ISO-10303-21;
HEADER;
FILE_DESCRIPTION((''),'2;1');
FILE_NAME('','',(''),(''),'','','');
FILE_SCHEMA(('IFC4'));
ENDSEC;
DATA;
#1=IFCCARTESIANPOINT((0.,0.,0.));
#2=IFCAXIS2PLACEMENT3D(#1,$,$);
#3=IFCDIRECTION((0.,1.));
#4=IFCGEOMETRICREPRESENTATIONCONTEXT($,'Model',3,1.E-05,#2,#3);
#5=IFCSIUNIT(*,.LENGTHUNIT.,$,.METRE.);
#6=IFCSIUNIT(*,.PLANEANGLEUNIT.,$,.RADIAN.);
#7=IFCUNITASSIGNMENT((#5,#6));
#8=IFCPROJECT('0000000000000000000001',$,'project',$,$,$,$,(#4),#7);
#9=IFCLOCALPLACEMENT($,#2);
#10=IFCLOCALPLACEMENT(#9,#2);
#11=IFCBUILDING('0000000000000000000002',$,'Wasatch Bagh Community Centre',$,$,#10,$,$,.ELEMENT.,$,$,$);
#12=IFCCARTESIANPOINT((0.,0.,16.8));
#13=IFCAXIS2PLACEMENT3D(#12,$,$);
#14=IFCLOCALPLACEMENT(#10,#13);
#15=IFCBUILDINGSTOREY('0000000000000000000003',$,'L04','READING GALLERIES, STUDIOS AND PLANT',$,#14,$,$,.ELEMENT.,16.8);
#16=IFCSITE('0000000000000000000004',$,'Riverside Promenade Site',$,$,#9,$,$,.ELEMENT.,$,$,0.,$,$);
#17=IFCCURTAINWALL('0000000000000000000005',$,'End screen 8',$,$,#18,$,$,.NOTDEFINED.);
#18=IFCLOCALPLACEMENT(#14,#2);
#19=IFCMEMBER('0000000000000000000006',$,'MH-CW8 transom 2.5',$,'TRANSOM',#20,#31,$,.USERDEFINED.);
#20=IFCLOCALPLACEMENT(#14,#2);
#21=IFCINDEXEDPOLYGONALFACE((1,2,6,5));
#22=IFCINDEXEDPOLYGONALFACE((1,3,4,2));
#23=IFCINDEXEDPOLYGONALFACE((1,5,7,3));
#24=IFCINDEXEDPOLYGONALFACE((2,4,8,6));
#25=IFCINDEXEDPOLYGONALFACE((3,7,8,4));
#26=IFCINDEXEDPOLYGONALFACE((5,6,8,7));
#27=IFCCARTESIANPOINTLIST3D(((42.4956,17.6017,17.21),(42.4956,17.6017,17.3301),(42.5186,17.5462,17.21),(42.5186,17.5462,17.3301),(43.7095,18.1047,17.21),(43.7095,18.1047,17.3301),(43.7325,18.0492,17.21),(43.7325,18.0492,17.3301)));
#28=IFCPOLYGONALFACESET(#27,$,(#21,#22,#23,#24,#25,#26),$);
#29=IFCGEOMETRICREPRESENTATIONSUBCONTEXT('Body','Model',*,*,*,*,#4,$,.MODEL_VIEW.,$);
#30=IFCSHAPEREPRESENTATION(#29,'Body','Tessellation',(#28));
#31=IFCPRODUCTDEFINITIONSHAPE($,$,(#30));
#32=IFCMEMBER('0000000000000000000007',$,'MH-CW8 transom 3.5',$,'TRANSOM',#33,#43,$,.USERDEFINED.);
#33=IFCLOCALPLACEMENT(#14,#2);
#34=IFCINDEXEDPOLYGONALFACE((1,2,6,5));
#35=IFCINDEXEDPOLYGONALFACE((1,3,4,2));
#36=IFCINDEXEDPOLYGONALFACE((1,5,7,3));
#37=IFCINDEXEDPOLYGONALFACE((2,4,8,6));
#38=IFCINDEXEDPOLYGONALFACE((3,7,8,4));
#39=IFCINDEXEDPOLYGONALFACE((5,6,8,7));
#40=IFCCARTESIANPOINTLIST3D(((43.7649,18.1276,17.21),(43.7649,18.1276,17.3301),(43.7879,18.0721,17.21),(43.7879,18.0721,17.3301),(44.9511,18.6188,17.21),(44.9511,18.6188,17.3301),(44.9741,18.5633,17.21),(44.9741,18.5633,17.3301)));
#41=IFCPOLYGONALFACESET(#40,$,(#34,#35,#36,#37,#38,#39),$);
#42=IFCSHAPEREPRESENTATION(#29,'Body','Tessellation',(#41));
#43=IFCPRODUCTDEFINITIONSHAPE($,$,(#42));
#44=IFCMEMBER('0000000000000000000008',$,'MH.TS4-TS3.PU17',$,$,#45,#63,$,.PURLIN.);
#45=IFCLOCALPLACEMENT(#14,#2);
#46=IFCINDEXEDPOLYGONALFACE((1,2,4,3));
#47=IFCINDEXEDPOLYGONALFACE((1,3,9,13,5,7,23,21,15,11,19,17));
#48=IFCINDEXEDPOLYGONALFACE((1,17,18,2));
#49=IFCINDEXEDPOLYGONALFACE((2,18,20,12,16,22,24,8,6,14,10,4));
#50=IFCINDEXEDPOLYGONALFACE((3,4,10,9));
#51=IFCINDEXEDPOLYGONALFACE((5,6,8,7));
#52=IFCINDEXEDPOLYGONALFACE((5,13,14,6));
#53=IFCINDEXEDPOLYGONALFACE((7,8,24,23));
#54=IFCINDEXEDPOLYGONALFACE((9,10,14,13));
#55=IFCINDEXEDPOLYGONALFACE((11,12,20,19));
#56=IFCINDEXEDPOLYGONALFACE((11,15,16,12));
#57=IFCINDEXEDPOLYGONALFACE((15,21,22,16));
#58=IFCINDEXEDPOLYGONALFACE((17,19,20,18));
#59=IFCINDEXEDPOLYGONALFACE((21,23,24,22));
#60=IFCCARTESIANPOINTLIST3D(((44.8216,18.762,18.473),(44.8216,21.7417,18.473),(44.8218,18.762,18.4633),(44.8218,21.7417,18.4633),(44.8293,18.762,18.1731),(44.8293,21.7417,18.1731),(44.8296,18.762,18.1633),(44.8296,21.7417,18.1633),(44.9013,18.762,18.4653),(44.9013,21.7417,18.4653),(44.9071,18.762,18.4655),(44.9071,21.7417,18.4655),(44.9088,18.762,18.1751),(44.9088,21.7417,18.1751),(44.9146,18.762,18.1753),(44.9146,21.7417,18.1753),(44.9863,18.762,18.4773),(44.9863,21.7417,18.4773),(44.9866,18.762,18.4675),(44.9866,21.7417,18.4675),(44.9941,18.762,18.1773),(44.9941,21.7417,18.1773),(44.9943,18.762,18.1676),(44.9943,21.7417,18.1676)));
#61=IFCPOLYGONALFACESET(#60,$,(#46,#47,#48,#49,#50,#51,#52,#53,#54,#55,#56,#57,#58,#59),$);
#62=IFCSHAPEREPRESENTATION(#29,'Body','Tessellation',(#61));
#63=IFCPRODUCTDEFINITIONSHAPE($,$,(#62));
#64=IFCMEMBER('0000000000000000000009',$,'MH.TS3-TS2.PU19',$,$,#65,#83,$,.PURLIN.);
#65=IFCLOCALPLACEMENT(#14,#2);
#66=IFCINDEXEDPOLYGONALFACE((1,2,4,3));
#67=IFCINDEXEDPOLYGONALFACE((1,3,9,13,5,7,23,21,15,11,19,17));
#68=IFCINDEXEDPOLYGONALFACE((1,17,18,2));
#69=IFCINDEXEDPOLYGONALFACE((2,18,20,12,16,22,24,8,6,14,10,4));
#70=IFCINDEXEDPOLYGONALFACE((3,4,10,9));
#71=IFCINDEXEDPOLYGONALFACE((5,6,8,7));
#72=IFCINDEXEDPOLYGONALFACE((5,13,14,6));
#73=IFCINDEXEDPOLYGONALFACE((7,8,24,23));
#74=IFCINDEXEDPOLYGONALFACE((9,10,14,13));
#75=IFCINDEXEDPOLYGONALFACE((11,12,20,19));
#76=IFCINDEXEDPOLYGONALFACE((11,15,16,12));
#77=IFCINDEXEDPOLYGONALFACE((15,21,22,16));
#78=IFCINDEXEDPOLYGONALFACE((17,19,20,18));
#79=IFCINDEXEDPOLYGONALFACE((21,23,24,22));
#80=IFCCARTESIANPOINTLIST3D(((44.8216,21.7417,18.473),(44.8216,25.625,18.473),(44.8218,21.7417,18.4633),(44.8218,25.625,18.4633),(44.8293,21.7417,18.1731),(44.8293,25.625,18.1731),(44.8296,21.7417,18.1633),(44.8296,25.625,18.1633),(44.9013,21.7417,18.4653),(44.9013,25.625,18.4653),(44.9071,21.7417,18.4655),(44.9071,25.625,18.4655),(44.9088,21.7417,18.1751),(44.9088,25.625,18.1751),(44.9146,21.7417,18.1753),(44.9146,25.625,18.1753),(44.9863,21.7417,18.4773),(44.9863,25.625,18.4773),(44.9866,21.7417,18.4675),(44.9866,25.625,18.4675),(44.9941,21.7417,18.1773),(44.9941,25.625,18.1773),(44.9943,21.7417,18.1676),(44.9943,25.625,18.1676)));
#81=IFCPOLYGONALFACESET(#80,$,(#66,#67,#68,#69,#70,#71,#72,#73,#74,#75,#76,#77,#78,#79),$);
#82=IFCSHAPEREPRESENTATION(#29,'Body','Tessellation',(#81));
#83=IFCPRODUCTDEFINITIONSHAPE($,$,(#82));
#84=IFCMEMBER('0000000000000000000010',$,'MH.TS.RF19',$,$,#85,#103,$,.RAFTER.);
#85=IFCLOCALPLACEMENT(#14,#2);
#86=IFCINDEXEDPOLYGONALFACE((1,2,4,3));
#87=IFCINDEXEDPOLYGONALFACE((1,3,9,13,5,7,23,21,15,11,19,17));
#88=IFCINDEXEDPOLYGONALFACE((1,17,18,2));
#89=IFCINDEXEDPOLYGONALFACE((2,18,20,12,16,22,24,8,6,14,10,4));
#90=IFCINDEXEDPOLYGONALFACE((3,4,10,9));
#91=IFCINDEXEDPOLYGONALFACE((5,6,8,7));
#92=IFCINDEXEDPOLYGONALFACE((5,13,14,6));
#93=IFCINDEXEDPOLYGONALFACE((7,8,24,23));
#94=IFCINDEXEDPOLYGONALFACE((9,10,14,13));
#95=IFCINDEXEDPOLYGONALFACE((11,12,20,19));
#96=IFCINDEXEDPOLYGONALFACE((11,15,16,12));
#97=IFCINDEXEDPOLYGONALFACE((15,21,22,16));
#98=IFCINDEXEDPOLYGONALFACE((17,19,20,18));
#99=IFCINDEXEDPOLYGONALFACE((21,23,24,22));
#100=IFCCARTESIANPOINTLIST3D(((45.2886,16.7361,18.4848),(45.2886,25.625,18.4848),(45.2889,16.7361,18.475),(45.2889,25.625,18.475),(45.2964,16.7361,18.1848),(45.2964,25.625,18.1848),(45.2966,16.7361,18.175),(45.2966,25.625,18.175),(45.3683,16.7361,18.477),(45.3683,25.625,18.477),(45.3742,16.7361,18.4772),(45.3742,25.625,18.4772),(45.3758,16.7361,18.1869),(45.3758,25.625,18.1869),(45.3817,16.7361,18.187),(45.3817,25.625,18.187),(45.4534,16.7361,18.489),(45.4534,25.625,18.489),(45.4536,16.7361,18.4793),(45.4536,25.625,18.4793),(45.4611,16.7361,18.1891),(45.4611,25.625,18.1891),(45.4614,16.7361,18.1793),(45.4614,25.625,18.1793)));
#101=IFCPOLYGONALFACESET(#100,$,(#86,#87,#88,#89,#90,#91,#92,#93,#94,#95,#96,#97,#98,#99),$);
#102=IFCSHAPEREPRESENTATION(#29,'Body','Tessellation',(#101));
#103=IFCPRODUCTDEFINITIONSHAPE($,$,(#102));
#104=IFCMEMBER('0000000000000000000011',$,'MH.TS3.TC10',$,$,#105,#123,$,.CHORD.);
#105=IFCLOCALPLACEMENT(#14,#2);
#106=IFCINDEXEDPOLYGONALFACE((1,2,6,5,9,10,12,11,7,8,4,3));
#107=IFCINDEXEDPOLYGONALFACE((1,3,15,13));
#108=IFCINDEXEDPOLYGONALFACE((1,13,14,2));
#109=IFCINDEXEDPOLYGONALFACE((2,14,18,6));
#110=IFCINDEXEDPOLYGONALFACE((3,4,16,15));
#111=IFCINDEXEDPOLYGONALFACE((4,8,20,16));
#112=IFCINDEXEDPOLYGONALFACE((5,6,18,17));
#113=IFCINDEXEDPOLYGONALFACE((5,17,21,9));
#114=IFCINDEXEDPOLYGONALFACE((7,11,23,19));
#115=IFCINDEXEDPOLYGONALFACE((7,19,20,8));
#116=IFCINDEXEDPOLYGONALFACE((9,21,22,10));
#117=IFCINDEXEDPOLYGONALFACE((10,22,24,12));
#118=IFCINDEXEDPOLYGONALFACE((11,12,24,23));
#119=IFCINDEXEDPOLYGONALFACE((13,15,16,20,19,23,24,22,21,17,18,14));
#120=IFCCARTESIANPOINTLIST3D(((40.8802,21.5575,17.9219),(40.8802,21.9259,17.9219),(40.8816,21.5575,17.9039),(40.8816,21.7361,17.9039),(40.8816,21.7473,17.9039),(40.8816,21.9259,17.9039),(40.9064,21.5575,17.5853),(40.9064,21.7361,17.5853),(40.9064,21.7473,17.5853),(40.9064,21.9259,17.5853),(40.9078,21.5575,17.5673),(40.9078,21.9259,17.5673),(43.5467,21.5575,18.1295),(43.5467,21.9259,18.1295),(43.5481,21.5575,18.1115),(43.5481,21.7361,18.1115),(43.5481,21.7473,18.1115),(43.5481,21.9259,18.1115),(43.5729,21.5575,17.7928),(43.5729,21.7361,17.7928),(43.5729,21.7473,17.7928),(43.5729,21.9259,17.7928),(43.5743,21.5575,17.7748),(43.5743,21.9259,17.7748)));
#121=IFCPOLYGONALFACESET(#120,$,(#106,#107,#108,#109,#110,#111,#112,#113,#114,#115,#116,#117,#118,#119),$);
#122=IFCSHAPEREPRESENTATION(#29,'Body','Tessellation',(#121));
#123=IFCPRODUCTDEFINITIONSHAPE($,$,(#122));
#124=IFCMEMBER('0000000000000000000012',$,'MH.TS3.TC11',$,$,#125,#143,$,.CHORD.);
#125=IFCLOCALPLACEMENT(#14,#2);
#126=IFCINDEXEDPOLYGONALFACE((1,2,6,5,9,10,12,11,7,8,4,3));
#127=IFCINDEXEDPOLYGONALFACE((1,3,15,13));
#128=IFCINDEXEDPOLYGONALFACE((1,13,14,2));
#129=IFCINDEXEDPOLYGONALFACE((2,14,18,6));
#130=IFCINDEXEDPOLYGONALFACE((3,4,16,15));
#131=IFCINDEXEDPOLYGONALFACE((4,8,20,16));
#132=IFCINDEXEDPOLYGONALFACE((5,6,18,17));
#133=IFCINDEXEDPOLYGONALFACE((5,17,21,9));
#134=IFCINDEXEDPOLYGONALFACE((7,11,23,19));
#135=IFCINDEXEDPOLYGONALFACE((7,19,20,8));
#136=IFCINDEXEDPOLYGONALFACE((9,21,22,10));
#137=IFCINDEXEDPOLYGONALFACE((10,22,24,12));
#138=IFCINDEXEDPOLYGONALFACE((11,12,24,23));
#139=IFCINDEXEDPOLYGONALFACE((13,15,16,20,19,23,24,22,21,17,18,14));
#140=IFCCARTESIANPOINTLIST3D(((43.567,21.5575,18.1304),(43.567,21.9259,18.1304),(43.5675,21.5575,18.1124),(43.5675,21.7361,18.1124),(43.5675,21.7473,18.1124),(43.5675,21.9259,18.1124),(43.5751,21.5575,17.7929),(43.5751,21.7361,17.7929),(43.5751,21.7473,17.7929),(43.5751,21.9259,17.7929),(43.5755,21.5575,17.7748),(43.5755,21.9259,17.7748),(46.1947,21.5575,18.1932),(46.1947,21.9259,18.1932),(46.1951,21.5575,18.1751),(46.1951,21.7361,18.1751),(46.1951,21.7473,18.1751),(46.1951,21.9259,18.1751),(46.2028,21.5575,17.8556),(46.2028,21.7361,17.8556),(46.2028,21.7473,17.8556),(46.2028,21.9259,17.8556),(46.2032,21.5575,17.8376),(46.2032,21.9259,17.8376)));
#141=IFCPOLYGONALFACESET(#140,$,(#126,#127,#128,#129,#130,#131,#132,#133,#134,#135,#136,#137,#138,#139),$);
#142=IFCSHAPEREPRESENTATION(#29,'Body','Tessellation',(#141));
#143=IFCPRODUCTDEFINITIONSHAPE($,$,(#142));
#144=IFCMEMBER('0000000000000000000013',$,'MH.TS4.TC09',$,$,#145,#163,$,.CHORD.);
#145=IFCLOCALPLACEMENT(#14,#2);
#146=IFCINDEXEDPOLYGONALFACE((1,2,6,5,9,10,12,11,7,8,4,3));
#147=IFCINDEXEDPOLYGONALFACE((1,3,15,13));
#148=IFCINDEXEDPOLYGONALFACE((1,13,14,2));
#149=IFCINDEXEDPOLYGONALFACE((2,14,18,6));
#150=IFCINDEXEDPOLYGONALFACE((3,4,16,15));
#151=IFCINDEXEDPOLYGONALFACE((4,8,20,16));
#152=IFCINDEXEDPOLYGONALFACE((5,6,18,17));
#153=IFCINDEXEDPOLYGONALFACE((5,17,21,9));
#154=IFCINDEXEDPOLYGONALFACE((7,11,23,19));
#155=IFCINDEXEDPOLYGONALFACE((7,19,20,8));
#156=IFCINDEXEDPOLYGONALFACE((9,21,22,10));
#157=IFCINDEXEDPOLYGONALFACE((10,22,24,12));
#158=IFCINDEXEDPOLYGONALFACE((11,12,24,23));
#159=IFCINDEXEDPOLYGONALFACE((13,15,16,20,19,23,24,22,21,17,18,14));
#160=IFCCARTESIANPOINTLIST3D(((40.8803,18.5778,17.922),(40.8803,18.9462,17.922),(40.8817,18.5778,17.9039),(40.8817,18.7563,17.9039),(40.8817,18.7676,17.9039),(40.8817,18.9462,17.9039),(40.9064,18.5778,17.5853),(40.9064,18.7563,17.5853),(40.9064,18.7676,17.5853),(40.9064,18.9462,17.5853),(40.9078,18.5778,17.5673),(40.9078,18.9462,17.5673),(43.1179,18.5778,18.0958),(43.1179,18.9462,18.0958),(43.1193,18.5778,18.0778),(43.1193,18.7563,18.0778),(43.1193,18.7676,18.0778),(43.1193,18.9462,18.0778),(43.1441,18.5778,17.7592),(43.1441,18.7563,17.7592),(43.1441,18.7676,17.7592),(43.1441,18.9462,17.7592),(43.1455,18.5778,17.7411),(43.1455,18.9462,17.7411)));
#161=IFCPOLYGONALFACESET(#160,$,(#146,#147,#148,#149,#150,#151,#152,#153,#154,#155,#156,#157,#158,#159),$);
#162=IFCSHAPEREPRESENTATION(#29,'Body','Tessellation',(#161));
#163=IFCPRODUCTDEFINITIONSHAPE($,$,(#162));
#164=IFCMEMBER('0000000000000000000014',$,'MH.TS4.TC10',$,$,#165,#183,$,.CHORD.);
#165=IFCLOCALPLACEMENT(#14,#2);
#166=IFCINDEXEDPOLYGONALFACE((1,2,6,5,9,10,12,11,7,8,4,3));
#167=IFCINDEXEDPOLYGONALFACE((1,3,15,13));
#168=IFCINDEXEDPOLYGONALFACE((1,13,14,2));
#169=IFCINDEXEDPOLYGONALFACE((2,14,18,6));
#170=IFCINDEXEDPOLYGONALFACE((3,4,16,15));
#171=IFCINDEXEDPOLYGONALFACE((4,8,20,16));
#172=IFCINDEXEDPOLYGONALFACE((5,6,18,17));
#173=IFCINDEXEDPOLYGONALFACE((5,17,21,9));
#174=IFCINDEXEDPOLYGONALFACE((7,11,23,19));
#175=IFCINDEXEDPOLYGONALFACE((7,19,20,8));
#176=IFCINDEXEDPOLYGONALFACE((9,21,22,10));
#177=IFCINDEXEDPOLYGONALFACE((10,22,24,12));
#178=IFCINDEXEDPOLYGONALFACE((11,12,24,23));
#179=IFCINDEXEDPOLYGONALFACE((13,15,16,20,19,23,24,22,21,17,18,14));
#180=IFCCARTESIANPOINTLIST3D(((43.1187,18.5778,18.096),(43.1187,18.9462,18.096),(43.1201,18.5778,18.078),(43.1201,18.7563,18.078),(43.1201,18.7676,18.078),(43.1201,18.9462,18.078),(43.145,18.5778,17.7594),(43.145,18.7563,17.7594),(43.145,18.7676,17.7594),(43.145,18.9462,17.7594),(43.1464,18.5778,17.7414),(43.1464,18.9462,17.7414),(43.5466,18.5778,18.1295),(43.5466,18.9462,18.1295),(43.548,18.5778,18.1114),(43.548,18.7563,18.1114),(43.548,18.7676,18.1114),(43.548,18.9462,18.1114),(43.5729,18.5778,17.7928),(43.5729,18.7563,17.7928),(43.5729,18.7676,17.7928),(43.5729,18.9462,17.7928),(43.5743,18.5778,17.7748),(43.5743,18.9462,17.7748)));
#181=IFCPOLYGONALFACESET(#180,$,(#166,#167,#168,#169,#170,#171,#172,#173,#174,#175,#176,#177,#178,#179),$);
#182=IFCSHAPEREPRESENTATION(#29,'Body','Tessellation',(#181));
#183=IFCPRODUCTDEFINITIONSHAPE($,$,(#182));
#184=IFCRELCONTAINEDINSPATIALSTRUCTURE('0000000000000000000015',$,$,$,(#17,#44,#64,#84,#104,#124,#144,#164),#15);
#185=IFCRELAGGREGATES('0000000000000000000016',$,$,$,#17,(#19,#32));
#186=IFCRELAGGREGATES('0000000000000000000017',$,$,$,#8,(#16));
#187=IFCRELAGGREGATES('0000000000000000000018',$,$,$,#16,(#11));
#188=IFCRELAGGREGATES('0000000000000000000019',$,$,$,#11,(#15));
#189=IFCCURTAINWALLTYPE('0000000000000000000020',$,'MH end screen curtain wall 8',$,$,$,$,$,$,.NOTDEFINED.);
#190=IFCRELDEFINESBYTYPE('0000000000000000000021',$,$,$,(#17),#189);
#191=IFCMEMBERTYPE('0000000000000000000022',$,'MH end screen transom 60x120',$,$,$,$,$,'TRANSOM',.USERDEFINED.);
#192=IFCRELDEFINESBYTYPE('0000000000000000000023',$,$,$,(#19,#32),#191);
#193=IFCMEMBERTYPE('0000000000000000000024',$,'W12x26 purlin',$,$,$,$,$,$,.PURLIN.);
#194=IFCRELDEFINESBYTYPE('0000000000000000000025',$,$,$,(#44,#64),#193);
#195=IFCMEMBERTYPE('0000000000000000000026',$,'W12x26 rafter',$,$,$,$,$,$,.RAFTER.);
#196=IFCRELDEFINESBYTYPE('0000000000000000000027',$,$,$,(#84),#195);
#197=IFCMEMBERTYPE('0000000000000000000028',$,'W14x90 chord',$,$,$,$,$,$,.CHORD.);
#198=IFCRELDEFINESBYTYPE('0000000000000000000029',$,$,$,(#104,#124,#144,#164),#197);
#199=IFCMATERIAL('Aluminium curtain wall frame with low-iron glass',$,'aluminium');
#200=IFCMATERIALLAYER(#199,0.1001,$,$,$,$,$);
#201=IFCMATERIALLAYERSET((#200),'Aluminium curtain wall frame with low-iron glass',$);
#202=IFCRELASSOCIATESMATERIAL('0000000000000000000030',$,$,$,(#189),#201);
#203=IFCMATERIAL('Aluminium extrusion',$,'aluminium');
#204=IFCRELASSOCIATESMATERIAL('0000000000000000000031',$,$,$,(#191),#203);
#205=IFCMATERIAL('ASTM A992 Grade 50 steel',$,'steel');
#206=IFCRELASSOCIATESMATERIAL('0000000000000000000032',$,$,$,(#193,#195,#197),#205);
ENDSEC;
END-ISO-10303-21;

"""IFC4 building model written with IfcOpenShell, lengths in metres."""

from ifc_helpers import new_model, si_unit, direction, frame, origin, origin_2d, place, context, subcontext, project, spatial, rectangle, i_section, extrude, material, layer, layer_set, material_profile, profile_set, type_object, element, aggregate, save


model = new_model("IFC4")

# Units and contexts
model_context = context("Model", 3, precision=1e-05, world=origin(), true_north=direction((0.0, 1.0)))
body_context = subcontext(model_context, "Body", "Model", "MODEL_VIEW")
ifc_project = project(units=[si_unit("LENGTHUNIT", "METRE"), si_unit("PLANEANGLEUNIT", "RADIAN")], contexts=[model_context])

# Site, building, storey
site_placement = place(None, origin())
site = spatial("IfcSite", under=ifc_project, at=site_placement, Name="Riverside Promenade Site", CompositionType="ELEMENT", RefElevation=0.0)
building_placement = place(site_placement, origin())
building = spatial("IfcBuilding", under=site, at=building_placement, Name="Wasatch Bagh Community Centre", CompositionType="ELEMENT")
storey_placement = place(building_placement, frame((0.0, 0.0, 16.8)))
storey = spatial("IfcBuildingStorey", under=building, at=storey_placement, Name="L04", Description="READING GALLERIES, STUDIOS AND PLANT", CompositionType="ELEMENT", Elevation=16.8)

# Curtain wall, members
ifc_material_1 = material(Name="Aluminium curtain wall frame with low-iron glass", Category="aluminium")
ifc_layer = layer(ifc_material_1, 0.1001)
ifc_layer_set = layer_set([ifc_layer], Name="Aluminium curtain wall frame with low-iron glass")
curtain_wall_type = type_object("IfcCurtainWallType", Name="MH end screen curtain wall 8", PredefinedType="NOTDEFINED", material=ifc_layer_set)
curtain_wall_placement = place(storey_placement, origin())
curtain_wall = element("IfcCurtainWall", 1, at=curtain_wall_placement, inside=storey, type_object=curtain_wall_type, Name="End screen 8", PredefinedType="NOTDEFINED")
ifc_material_2 = material(Name="Aluminium extrusion", Category="aluminium")
ifc_material_profile_1 = material_profile(ifc_material_2, rectangle(XDim=0.0601, YDim=0.1201, at=origin_2d()), Name="AL 60x120")
ifc_profile_set_1 = profile_set([ifc_material_profile_1], Name="Aluminium extrusion")
member_type_1 = type_object("IfcMemberType", Name="MH end screen transom 60x120", ElementType="TRANSOM", PredefinedType="USERDEFINED", material=ifc_profile_set_1)
member_1_placement = place(storey_placement, frame((42.5071, 17.574, 17.27), z_axis=(0.923845, 0.382768, 0.0), x_axis=(-0.382768, 0.923845, 0.0)))
member_1 = element("IfcMember", 2, at=member_1_placement, type_object=member_type_1, Name="MH-CW8 transom 2.5", ObjectType="TRANSOM", PredefinedType="USERDEFINED", context=body_context, shape_type="SweptSolid", body=[
    extrude(rectangle(XDim=0.0601, YDim=0.1201, at=origin_2d()), origin(), (0.0, 0.0, 1.0), 1.314),
])
member_2_placement = place(storey_placement, frame((43.7764, 18.0999, 17.27), z_axis=(0.923924, 0.382576, 0.0), x_axis=(-0.382576, 0.923924, 0.0)))
member_2 = element("IfcMember", 3, at=member_2_placement, type_object=member_type_1, Name="MH-CW8 transom 3.5", ObjectType="TRANSOM", PredefinedType="USERDEFINED", context=body_context, shape_type="SweptSolid", body=[
    extrude(rectangle(XDim=0.0601, YDim=0.1201, at=origin_2d()), origin(), (0.0, 0.0, 1.0), 1.2839),
])
aggregate(curtain_wall, [member_1, member_2])

# Members
ifc_material_3 = material(Name="ASTM A992 Grade 50 steel", Category="steel")
ifc_material_profile_2 = material_profile(ifc_material_3, i_section(OverallWidth=0.1648, OverallDepth=0.3098, WebThickness=0.0059, FlangeThickness=0.0098, at=origin_2d()), Name="W12x26")
ifc_profile_set_2 = profile_set([ifc_material_profile_2], Name="ASTM A992 Grade 50 steel")
member_type_2 = type_object("IfcMemberType", Name="W12x26 purlin", PredefinedType="PURLIN", material=ifc_profile_set_2)
member_3_placement = place(storey_placement, frame((44.908, 18.762, 18.3203), z_axis=(0.0, 1.0, 0.0), x_axis=(-0.999667, 0.0, -0.025817)))
element("IfcMember", 4, at=member_3_placement, inside=storey, type_object=member_type_2, Name="MH.TS4-TS3.PU17", PredefinedType="PURLIN", context=body_context, shape_type="SweptSolid", body=[
    extrude(i_section(OverallWidth=0.1648, OverallDepth=0.3098, WebThickness=0.0059, FlangeThickness=0.0098, at=origin_2d()), origin(), (0.0, 0.0, 1.0), 2.9797),
])
member_4_placement = place(storey_placement, frame((44.908, 21.7417, 18.3203), z_axis=(0.0, 1.0, 0.0), x_axis=(-0.999667, 0.0, -0.025817)))
element("IfcMember", 5, at=member_4_placement, inside=storey, type_object=member_type_2, Name="MH.TS3-TS2.PU19", PredefinedType="PURLIN", context=body_context, shape_type="SweptSolid", body=[
    extrude(i_section(OverallWidth=0.1648, OverallDepth=0.3098, WebThickness=0.0059, FlangeThickness=0.0098, at=origin_2d()), origin(), (0.0, 0.0, 1.0), 3.8833),
])
ifc_material_profile_3 = material_profile(ifc_material_3, i_section(OverallWidth=0.1648, OverallDepth=0.3098, WebThickness=0.0059, FlangeThickness=0.0098, at=origin_2d()), Name="W12x26")
ifc_profile_set_3 = profile_set([ifc_material_profile_3], Name="ASTM A992 Grade 50 steel")
member_type_3 = type_object("IfcMemberType", Name="W12x26 rafter", PredefinedType="RAFTER", material=ifc_profile_set_3)
member_5_placement = place(storey_placement, frame((45.375, 16.7361, 18.332), z_axis=(0.0, 1.0, 0.0), x_axis=(-0.999667, 0.0, -0.025817)))
element("IfcMember", 6, at=member_5_placement, inside=storey, type_object=member_type_3, Name="MH.TS.RF19", PredefinedType="RAFTER", context=body_context, shape_type="SweptSolid", body=[
    extrude(i_section(OverallWidth=0.1648, OverallDepth=0.3098, WebThickness=0.0059, FlangeThickness=0.0098, at=origin_2d()), origin(), (0.0, 0.0, 1.0), 8.8889),
])
ifc_material_profile_4 = material_profile(ifc_material_3, i_section(OverallWidth=0.3684, OverallDepth=0.3557, WebThickness=0.0112, FlangeThickness=0.0181, at=origin_2d()), Name="W14x90")
ifc_profile_set_4 = profile_set([ifc_material_profile_4], Name="ASTM A992 Grade 50 steel")
member_type_4 = type_object("IfcMemberType", Name="W14x90 chord", PredefinedType="CHORD", material=ifc_profile_set_4)
member_6_placement = place(storey_placement, frame((40.894, 21.7417, 17.7446), z_axis=(0.996985, 0.0, 0.07759), x_axis=(0.0, 1.0, 0.0)))
element("IfcMember", 7, at=member_6_placement, inside=storey, type_object=member_type_4, Name="MH.TS3.TC10", PredefinedType="CHORD", context=body_context, shape_type="SweptSolid", body=[
    extrude(i_section(OverallWidth=0.3684, OverallDepth=0.3557, WebThickness=0.0112, FlangeThickness=0.0181, at=origin_2d()), origin(), (0.0, 0.0, 1.0), 2.6746),
])
member_7_placement = place(storey_placement, frame((43.5713, 21.7417, 17.9526), z_axis=(0.999715, 0.0, 0.023871), x_axis=(0.0, 1.0, 0.0)))
element("IfcMember", 8, at=member_7_placement, inside=storey, type_object=member_type_4, Name="MH.TS3.TC11", PredefinedType="CHORD", context=body_context, shape_type="SweptSolid", body=[
    extrude(i_section(OverallWidth=0.3684, OverallDepth=0.3557, WebThickness=0.0112, FlangeThickness=0.0181, at=origin_2d()), origin(), (0.0, 0.0, 1.0), 2.6284),
])
member_8_placement = place(storey_placement, frame((40.894, 18.762, 17.7446), z_axis=(0.996996, 0.0, 0.077453), x_axis=(0.0, 1.0, 0.0)))
element("IfcMember", 9, at=member_8_placement, inside=storey, type_object=member_type_4, Name="MH.TS4.TC09", PredefinedType="CHORD", context=body_context, shape_type="SweptSolid", body=[
    extrude(i_section(OverallWidth=0.3684, OverallDepth=0.3557, WebThickness=0.0112, FlangeThickness=0.0181, at=origin_2d()), origin(), (0.0, 0.0, 1.0), 2.2444),
])
member_9_placement = place(storey_placement, frame((43.1326, 18.762, 17.9187), z_axis=(0.99696, 0.0, 0.077914), x_axis=(0.0, 1.0, 0.0)))
element("IfcMember", 10, at=member_9_placement, inside=storey, type_object=member_type_4, Name="MH.TS4.TC10", PredefinedType="CHORD", context=body_context, shape_type="SweptSolid", body=[
    extrude(i_section(OverallWidth=0.3684, OverallDepth=0.3557, WebThickness=0.0112, FlangeThickness=0.0181, at=origin_2d()), origin(), (0.0, 0.0, 1.0), 0.4292),
])

save(model, "model.ifc")
